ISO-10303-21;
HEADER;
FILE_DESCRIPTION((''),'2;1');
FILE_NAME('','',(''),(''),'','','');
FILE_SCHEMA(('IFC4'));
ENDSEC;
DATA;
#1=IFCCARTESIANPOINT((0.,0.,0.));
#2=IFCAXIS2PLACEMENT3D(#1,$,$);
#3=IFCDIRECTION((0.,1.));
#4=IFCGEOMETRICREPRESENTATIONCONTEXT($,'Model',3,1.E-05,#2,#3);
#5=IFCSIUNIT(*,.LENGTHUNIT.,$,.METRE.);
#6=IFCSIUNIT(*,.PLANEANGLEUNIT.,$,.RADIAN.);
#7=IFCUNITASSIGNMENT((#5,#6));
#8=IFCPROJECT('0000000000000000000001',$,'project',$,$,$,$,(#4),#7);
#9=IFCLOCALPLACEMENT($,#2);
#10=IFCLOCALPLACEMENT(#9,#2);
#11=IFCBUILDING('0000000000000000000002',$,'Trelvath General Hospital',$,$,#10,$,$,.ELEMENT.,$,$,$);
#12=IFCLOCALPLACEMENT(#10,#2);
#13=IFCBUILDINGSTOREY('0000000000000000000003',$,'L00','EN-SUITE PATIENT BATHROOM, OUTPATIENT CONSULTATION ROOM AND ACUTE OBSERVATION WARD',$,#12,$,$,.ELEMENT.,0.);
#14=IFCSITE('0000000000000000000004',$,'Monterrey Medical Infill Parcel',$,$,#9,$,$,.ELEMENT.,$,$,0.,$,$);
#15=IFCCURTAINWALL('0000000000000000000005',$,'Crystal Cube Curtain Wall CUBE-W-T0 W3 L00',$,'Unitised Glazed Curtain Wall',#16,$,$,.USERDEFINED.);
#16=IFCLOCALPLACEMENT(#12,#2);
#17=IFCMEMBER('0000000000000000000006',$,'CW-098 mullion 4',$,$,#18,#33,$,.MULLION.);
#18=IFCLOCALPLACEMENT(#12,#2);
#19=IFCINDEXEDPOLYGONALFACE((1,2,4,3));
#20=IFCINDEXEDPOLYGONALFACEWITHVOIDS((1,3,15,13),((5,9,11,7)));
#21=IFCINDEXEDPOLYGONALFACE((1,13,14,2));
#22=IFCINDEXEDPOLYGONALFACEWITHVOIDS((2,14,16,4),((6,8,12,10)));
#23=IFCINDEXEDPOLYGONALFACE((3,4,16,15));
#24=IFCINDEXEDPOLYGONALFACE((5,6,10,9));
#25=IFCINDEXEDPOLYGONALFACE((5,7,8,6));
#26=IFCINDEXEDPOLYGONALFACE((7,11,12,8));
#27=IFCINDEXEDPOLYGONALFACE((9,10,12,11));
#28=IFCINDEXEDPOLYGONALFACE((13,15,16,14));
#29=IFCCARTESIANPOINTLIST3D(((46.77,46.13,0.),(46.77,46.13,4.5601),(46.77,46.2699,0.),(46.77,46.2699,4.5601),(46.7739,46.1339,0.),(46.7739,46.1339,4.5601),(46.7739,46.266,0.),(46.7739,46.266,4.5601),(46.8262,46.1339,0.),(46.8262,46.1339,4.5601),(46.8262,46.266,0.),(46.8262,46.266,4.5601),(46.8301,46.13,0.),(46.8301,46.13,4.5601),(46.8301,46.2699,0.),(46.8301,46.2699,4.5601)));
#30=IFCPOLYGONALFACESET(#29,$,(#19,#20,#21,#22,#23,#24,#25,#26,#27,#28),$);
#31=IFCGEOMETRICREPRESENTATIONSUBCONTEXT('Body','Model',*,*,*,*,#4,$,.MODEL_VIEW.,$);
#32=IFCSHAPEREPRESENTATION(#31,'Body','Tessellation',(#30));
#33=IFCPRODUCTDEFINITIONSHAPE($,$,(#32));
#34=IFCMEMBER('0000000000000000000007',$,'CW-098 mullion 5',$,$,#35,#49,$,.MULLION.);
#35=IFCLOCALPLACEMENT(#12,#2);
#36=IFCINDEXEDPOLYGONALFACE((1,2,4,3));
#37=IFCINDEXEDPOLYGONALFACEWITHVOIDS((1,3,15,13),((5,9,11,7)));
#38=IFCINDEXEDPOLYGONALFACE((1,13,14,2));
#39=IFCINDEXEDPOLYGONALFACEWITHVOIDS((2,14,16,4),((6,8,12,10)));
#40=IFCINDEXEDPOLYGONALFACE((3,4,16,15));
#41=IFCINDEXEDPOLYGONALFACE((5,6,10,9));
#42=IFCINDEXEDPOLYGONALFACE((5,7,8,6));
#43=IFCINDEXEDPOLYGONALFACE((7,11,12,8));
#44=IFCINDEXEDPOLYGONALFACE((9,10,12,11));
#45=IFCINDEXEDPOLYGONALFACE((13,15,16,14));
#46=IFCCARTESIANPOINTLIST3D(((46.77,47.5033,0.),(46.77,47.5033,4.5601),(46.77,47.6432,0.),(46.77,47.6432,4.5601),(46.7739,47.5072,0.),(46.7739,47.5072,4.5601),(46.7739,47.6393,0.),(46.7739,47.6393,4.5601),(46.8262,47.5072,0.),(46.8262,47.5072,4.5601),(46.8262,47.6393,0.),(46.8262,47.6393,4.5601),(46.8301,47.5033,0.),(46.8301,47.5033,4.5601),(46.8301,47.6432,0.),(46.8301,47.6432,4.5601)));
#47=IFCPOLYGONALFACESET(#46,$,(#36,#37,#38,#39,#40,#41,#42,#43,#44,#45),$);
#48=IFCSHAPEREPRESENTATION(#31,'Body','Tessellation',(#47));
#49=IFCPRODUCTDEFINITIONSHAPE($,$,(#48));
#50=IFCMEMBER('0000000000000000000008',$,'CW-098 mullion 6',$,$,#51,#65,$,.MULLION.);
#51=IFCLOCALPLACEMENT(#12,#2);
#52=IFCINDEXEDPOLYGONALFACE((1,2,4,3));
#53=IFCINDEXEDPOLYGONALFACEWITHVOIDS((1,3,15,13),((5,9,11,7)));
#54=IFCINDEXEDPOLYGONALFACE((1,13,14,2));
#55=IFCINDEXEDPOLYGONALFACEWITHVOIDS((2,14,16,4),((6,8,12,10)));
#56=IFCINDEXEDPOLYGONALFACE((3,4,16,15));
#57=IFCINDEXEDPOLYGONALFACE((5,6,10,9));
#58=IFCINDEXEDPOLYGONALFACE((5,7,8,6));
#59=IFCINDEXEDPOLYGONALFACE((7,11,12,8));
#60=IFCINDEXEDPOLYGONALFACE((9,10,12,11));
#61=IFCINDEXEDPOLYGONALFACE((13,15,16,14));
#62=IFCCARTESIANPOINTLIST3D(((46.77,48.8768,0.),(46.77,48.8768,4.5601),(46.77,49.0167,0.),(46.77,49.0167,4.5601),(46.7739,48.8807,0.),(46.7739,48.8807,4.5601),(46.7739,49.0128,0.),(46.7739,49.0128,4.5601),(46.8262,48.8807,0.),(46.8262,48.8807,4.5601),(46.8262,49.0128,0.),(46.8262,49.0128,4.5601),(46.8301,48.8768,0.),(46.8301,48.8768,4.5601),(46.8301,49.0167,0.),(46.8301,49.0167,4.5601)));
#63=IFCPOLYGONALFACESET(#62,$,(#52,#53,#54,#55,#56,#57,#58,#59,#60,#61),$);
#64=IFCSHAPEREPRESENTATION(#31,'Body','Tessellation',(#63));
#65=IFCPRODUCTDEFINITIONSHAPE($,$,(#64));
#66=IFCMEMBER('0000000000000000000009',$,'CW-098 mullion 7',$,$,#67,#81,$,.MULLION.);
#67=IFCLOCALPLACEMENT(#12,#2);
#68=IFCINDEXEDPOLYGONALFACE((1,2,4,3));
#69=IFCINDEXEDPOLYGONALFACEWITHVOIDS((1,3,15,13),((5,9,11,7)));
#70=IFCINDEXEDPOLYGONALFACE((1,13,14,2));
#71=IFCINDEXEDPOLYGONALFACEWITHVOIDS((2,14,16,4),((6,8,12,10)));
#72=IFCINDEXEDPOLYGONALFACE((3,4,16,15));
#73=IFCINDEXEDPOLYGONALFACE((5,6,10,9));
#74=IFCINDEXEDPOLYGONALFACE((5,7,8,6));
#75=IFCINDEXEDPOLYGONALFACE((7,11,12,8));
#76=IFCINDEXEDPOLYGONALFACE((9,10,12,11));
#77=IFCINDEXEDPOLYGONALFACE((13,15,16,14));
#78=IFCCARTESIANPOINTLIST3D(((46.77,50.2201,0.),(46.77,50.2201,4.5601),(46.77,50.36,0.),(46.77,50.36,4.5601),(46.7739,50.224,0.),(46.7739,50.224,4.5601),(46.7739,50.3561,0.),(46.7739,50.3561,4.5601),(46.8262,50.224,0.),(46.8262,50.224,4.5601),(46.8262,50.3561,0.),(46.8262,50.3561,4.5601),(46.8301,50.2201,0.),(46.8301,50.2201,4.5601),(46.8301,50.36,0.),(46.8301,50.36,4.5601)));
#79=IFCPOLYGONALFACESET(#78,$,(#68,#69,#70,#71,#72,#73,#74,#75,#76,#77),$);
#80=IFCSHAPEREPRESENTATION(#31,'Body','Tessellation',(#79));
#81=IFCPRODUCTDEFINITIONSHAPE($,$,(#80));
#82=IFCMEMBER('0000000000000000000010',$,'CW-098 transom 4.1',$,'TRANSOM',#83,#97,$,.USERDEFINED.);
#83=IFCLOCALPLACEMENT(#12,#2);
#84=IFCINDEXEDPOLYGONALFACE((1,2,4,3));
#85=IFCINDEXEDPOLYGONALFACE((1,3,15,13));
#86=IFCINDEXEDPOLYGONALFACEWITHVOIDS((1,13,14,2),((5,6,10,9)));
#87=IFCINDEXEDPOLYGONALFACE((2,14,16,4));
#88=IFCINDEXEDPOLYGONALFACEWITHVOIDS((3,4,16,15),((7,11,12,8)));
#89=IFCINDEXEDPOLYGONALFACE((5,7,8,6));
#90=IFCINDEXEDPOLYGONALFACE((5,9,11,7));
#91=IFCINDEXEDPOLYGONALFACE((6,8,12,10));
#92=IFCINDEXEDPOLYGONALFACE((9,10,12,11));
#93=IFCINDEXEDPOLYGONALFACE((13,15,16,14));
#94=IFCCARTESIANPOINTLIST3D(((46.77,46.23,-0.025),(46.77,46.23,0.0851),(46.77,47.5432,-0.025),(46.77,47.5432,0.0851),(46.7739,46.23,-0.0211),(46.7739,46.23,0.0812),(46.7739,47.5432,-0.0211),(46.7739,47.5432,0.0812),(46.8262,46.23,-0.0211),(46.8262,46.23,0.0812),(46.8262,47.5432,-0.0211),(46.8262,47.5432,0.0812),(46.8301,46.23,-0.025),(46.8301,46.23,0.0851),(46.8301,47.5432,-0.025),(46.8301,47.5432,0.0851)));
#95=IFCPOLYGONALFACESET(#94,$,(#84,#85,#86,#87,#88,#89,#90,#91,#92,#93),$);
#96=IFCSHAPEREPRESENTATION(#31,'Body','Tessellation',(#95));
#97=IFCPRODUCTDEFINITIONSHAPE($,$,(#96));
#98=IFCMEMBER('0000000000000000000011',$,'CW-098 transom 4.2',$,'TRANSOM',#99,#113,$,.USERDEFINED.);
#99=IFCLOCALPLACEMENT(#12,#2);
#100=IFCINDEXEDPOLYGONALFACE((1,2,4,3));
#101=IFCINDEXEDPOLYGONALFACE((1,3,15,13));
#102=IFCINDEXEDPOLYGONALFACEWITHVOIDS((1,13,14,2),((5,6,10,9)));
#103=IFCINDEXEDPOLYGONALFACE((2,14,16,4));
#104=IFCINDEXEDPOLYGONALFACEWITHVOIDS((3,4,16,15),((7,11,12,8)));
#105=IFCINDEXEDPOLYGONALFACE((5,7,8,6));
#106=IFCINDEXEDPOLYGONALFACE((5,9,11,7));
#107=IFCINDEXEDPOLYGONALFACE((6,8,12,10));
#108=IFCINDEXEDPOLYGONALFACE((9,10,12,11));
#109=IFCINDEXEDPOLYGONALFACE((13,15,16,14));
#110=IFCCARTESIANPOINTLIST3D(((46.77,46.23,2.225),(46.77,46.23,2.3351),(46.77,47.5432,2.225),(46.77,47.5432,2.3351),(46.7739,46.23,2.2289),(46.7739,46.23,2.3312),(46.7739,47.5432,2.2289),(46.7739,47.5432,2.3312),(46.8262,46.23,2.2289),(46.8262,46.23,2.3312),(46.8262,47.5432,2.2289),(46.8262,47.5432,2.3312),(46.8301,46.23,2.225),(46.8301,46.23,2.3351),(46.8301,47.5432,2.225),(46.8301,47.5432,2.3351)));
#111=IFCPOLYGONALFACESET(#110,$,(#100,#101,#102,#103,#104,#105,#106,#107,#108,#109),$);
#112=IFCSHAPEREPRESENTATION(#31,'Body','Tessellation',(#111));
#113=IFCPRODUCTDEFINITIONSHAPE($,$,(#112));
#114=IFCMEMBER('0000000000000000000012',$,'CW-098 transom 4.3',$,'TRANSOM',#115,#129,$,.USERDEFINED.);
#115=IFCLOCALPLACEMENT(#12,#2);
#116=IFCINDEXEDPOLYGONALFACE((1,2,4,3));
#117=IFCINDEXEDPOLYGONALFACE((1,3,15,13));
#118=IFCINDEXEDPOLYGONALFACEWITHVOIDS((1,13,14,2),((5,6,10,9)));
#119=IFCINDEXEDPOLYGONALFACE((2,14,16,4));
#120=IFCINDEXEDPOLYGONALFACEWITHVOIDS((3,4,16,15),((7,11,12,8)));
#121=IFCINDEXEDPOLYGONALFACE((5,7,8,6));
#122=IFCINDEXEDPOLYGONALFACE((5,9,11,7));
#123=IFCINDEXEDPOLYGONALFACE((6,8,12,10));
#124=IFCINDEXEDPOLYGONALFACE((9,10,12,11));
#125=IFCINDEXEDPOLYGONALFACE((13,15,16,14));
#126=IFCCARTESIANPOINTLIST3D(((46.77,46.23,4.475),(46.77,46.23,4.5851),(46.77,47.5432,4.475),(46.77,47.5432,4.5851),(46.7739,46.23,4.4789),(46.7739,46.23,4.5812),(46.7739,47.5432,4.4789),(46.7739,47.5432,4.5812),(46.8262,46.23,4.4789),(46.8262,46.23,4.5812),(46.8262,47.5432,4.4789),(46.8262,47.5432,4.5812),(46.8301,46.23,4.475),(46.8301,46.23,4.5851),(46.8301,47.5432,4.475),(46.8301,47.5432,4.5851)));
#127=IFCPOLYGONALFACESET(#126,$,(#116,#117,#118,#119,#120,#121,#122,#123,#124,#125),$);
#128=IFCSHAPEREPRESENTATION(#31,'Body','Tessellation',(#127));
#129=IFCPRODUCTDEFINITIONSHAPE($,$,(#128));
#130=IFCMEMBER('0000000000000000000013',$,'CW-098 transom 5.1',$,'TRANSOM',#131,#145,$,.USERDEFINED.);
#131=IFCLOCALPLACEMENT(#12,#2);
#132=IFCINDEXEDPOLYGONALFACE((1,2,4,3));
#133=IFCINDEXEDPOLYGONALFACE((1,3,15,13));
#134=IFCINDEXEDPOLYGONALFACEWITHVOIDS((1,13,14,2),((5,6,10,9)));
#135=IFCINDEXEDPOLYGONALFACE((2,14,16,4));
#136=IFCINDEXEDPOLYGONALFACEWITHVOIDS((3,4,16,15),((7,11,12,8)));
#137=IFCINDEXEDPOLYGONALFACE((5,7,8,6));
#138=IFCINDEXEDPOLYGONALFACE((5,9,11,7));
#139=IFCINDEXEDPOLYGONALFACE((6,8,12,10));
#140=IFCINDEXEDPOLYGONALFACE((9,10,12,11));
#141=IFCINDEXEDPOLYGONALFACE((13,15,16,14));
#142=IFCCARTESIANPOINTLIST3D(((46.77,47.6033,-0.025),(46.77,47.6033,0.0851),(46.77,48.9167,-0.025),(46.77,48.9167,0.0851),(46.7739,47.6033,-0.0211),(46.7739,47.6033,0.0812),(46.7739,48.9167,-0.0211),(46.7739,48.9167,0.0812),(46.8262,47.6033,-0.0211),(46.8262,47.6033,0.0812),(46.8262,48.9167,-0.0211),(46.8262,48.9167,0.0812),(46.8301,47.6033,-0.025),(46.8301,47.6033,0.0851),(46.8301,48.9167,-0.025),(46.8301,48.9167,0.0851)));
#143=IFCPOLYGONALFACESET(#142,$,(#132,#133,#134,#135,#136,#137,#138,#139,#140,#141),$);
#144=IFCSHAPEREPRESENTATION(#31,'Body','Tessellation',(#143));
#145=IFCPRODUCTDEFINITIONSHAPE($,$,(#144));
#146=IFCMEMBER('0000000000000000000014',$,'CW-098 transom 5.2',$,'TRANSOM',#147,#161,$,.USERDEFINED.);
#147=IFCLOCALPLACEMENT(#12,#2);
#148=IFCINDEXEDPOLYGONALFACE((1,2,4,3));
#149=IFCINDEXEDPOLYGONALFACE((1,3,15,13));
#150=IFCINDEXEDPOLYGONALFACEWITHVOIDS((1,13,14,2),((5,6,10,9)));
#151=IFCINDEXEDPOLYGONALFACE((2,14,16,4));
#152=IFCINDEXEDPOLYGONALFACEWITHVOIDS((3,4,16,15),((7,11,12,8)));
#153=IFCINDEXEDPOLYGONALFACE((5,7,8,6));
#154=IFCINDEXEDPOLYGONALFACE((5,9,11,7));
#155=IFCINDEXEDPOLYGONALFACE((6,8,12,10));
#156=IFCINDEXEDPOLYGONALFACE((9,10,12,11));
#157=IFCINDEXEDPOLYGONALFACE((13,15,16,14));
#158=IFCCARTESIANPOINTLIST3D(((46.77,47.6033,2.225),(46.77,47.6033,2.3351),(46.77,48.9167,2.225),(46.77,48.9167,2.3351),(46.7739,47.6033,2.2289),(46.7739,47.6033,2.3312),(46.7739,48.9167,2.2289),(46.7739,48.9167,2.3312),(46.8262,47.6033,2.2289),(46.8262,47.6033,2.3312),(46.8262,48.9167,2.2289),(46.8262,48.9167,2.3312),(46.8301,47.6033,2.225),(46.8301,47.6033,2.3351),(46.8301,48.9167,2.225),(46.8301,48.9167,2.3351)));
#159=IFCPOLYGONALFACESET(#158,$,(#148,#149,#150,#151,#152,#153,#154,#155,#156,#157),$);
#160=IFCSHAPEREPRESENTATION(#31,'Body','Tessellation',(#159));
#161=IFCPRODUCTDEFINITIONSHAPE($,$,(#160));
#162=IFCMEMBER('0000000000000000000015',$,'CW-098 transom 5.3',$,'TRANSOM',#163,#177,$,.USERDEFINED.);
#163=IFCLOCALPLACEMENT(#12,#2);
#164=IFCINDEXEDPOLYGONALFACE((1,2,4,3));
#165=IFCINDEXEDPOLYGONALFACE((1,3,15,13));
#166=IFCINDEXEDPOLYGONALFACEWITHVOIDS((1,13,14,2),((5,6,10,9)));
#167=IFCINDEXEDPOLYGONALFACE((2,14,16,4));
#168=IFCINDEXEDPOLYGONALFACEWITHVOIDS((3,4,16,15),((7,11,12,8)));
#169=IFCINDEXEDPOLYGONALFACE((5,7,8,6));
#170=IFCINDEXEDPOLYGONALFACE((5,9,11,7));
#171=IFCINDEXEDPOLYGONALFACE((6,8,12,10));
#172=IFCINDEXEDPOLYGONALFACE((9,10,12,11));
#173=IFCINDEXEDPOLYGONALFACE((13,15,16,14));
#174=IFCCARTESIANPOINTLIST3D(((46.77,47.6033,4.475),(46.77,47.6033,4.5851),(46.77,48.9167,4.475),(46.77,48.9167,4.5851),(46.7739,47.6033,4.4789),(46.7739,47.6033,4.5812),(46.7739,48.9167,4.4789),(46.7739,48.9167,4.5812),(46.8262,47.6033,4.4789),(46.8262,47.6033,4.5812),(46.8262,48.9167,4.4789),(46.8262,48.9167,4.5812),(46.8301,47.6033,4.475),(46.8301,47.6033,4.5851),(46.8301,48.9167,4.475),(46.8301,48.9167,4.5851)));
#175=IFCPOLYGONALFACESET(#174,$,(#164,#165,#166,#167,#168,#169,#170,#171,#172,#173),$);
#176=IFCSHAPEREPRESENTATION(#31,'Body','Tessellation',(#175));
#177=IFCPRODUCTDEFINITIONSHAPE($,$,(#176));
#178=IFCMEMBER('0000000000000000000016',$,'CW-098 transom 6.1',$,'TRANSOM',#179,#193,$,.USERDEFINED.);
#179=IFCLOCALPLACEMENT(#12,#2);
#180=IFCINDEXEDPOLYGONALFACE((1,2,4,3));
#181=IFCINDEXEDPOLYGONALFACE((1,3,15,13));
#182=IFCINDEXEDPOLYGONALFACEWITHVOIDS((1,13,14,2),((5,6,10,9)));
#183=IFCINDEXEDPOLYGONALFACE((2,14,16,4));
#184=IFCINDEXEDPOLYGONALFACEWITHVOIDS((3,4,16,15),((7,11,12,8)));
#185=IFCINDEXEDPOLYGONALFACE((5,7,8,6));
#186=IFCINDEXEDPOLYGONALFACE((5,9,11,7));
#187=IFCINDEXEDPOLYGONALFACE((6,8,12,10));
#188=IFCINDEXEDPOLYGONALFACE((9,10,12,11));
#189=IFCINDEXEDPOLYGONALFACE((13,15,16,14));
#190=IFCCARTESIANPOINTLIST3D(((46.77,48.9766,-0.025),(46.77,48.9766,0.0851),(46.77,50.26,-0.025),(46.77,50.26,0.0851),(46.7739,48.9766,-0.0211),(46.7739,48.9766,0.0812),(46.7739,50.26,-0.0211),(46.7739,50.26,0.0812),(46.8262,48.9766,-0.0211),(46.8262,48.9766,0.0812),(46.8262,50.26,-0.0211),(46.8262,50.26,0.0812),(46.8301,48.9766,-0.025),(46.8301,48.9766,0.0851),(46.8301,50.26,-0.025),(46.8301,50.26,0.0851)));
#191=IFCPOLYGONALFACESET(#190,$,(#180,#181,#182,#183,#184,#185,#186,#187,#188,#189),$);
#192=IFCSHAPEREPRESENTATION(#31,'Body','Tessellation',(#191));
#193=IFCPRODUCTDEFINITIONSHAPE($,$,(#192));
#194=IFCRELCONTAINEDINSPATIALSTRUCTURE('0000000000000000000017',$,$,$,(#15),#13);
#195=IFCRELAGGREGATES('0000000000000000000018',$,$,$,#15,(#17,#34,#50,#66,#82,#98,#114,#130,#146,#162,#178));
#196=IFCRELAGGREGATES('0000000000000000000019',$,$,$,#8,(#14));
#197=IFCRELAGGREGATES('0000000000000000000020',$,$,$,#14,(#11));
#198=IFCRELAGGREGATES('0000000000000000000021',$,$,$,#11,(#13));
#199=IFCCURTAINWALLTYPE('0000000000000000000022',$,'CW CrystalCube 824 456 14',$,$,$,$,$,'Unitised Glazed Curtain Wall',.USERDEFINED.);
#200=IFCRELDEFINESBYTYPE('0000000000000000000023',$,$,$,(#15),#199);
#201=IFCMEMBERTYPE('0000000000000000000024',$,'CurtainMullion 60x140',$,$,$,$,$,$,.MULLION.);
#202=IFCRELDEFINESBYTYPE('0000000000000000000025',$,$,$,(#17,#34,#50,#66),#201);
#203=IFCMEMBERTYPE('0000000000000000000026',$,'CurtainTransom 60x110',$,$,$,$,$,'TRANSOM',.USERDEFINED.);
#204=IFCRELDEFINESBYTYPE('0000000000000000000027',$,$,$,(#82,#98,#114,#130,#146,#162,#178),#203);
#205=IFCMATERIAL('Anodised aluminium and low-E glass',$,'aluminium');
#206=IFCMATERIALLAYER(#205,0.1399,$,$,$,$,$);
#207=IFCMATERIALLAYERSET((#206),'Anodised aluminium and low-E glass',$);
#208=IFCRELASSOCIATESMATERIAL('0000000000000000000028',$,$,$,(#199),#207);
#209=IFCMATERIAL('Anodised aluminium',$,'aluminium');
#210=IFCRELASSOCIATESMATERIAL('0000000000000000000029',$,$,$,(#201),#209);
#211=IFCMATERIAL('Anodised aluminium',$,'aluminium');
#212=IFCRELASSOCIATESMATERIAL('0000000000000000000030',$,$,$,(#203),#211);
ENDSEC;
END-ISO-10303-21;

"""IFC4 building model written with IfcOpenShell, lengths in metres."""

from ifc_helpers import new_model, si_unit, direction, frame, origin, origin_2d, place, context, subcontext, project, spatial, hollow_rectangle, extrude, material, layer, layer_set, material_profile, profile_set, type_object, element, aggregate, save


model = new_model("IFC4")

# Units and contexts
model_context = context("Model", 3, precision=1e-05, world=origin(), true_north=direction((0.0, 1.0)))
body_context = subcontext(model_context, "Body", "Model", "MODEL_VIEW")
ifc_project = project(units=[si_unit("LENGTHUNIT", "METRE"), si_unit("PLANEANGLEUNIT", "RADIAN")], contexts=[model_context])

# Site, building, storey
site_placement = place(None, origin())
site = spatial("IfcSite", under=ifc_project, at=site_placement, Name="Monterrey Medical Infill Parcel", CompositionType="ELEMENT", RefElevation=0.0)
building_placement = place(site_placement, origin())
building = spatial("IfcBuilding", under=site, at=building_placement, Name="Trelvath General Hospital", CompositionType="ELEMENT")
storey_placement = place(building_placement, origin())
storey = spatial("IfcBuildingStorey", under=building, at=storey_placement, Name="L00", Description="EN-SUITE PATIENT BATHROOM, OUTPATIENT CONSULTATION ROOM AND ACUTE OBSERVATION WARD", CompositionType="ELEMENT", Elevation=0.0)

# Curtain wall, members
ifc_material_1 = material(Name="Anodised aluminium and low-E glass", Category="aluminium")
ifc_layer_1 = layer(ifc_material_1, 0.1399)
ifc_layer_set_1 = layer_set([ifc_layer_1], Name="Anodised aluminium and low-E glass")
curtain_wall_type = type_object("IfcCurtainWallType", Name="CW CrystalCube 824 456 14", ElementType="Unitised Glazed Curtain Wall", PredefinedType="USERDEFINED", material=ifc_layer_set_1)
curtain_wall_placement = place(storey_placement, origin())
curtain_wall = element("IfcCurtainWall", 1, at=curtain_wall_placement, inside=storey, type_object=curtain_wall_type, Name="Crystal Cube Curtain Wall CUBE-W-T0 W3 L00", ObjectType="Unitised Glazed Curtain Wall", PredefinedType="USERDEFINED")
ifc_material_2 = material(Name="Anodised aluminium", Category="aluminium")
ifc_material_profile_1 = material_profile(ifc_material_2, hollow_rectangle(XDim=0.0601, YDim=0.1399, WallThickness=0.0039, at=origin_2d()), Name="RHS60x140x4")
ifc_profile_set_1 = profile_set([ifc_material_profile_1], Name="Anodised aluminium")
member_type_1 = type_object("IfcMemberType", Name="CurtainMullion 60x140", PredefinedType="MULLION", material=ifc_profile_set_1)
member_1_placement = place(storey_placement, frame((46.8, 46.2, 0.0), z_axis=(0.0, 0.0, 1.0), x_axis=(-1.0, 0.0, 0.0)))
member_1 = element("IfcMember", 2, at=member_1_placement, type_object=member_type_1, Name="CW-098 mullion 4", PredefinedType="MULLION", context=body_context, shape_type="SweptSolid", body=[
    extrude(hollow_rectangle(XDim=0.0601, YDim=0.1399, WallThickness=0.0039, at=origin_2d()), origin(), (0.0, 0.0, 1.0), 4.5601),
])
member_2_placement = place(storey_placement, frame((46.8, 47.5732, 0.0), z_axis=(0.0, 0.0, 1.0), x_axis=(-1.0, 0.0, 0.0)))
member_2 = element("IfcMember", 3, at=member_2_placement, type_object=member_type_1, Name="CW-098 mullion 5", PredefinedType="MULLION", context=body_context, shape_type="SweptSolid", body=[
    extrude(hollow_rectangle(XDim=0.0601, YDim=0.1399, WallThickness=0.0039, at=origin_2d()), origin(), (0.0, 0.0, 1.0), 4.5601),
])
member_3_placement = place(storey_placement, frame((46.8, 48.9468, 0.0), z_axis=(0.0, 0.0, 1.0), x_axis=(-1.0, 0.0, 0.0)))
member_3 = element("IfcMember", 4, at=member_3_placement, type_object=member_type_1, Name="CW-098 mullion 6", PredefinedType="MULLION", context=body_context, shape_type="SweptSolid", body=[
    extrude(hollow_rectangle(XDim=0.0601, YDim=0.1399, WallThickness=0.0039, at=origin_2d()), origin(), (0.0, 0.0, 1.0), 4.5601),
])
member_4_placement = place(storey_placement, frame((46.8, 50.29, 0.0), z_axis=(0.0, 0.0, 1.0), x_axis=(-1.0, 0.0, 0.0)))
member_4 = element("IfcMember", 5, at=member_4_placement, type_object=member_type_1, Name="CW-098 mullion 7", PredefinedType="MULLION", context=body_context, shape_type="SweptSolid", body=[
    extrude(hollow_rectangle(XDim=0.0601, YDim=0.1399, WallThickness=0.0039, at=origin_2d()), origin(), (0.0, 0.0, 1.0), 4.5601),
])
ifc_material_3 = material(Name="Anodised aluminium", Category="aluminium")
ifc_material_profile_2 = material_profile(ifc_material_3, hollow_rectangle(XDim=0.0601, YDim=0.1101, WallThickness=0.0039, at=origin_2d()), Name="RHS60x110x4")
ifc_profile_set_2 = profile_set([ifc_material_profile_2], Name="Anodised aluminium")
member_type_2 = type_object("IfcMemberType", Name="CurtainTransom 60x110", ElementType="TRANSOM", PredefinedType="USERDEFINED", material=ifc_profile_set_2)
member_5_placement = place(storey_placement, frame((46.8, 46.23, 0.03), z_axis=(0.0, 1.0, 0.0), x_axis=(-1.0, 0.0, 0.0)))
member_5 = element("IfcMember", 6, at=member_5_placement, type_object=member_type_2, Name="CW-098 transom 4.1", ObjectType="TRANSOM", PredefinedType="USERDEFINED", context=body_context, shape_type="SweptSolid", body=[
    extrude(hollow_rectangle(XDim=0.0601, YDim=0.1101, WallThickness=0.0039, at=origin_2d()), origin(), (0.0, 0.0, 1.0), 1.3132),
])
member_6_placement = place(storey_placement, frame((46.8, 46.23, 2.28), z_axis=(0.0, 1.0, 0.0), x_axis=(-1.0, 0.0, 0.0)))
member_6 = element("IfcMember", 7, at=member_6_placement, type_object=member_type_2, Name="CW-098 transom 4.2", ObjectType="TRANSOM", PredefinedType="USERDEFINED", context=body_context, shape_type="SweptSolid", body=[
    extrude(hollow_rectangle(XDim=0.0601, YDim=0.1101, WallThickness=0.0039, at=origin_2d()), origin(), (0.0, 0.0, 1.0), 1.3132),
])
member_7_placement = place(storey_placement, frame((46.8, 46.23, 4.53), z_axis=(0.0, 1.0, 0.0), x_axis=(-1.0, 0.0, 0.0)))
member_7 = element("IfcMember", 8, at=member_7_placement, type_object=member_type_2, Name="CW-098 transom 4.3", ObjectType="TRANSOM", PredefinedType="USERDEFINED", context=body_context, shape_type="SweptSolid", body=[
    extrude(hollow_rectangle(XDim=0.0601, YDim=0.1101, WallThickness=0.0039, at=origin_2d()), origin(), (0.0, 0.0, 1.0), 1.3132),
])
member_8_placement = place(storey_placement, frame((46.8, 47.6033, 0.03), z_axis=(0.0, 1.0, 0.0), x_axis=(-1.0, 0.0, 0.0)))
member_8 = element("IfcMember", 9, at=member_8_placement, type_object=member_type_2, Name="CW-098 transom 5.1", ObjectType="TRANSOM", PredefinedType="USERDEFINED", context=body_context, shape_type="SweptSolid", body=[
    extrude(hollow_rectangle(XDim=0.0601, YDim=0.1101, WallThickness=0.0039, at=origin_2d()), origin(), (0.0, 0.0, 1.0), 1.3135),
])
member_9_placement = place(storey_placement, frame((46.8, 47.6033, 2.28), z_axis=(0.0, 1.0, 0.0), x_axis=(-1.0, 0.0, 0.0)))
member_9 = element("IfcMember", 10, at=member_9_placement, type_object=member_type_2, Name="CW-098 transom 5.2", ObjectType="TRANSOM", PredefinedType="USERDEFINED", context=body_context, shape_type="SweptSolid", body=[
    extrude(hollow_rectangle(XDim=0.0601, YDim=0.1101, WallThickness=0.0039, at=origin_2d()), origin(), (0.0, 0.0, 1.0), 1.3135),
])
member_10_placement = place(storey_placement, frame((46.8, 47.6033, 4.53), z_axis=(0.0, 1.0, 0.0), x_axis=(-1.0, 0.0, 0.0)))
member_10 = element("IfcMember", 11, at=member_10_placement, type_object=member_type_2, Name="CW-098 transom 5.3", ObjectType="TRANSOM", PredefinedType="USERDEFINED", context=body_context, shape_type="SweptSolid", body=[
    extrude(hollow_rectangle(XDim=0.0601, YDim=0.1101, WallThickness=0.0039, at=origin_2d()), origin(), (0.0, 0.0, 1.0), 1.3135),
])
member_11_placement = place(storey_placement, frame((46.8, 48.9766, 0.03), z_axis=(0.0, 1.0, 0.0), x_axis=(-1.0, 0.0, 0.0)))
member_11 = element("IfcMember", 12, at=member_11_placement, type_object=member_type_2, Name="CW-098 transom 6.1", ObjectType="TRANSOM", PredefinedType="USERDEFINED", context=body_context, shape_type="SweptSolid", body=[
    extrude(hollow_rectangle(XDim=0.0601, YDim=0.1101, WallThickness=0.0039, at=origin_2d()), origin(), (0.0, 0.0, 1.0), 1.2834),
])
aggregate(curtain_wall, [member_1, member_2, member_3, member_4, member_5, member_6, member_7, member_8, member_9, member_10, member_11])

save(model, "model.ifc")
